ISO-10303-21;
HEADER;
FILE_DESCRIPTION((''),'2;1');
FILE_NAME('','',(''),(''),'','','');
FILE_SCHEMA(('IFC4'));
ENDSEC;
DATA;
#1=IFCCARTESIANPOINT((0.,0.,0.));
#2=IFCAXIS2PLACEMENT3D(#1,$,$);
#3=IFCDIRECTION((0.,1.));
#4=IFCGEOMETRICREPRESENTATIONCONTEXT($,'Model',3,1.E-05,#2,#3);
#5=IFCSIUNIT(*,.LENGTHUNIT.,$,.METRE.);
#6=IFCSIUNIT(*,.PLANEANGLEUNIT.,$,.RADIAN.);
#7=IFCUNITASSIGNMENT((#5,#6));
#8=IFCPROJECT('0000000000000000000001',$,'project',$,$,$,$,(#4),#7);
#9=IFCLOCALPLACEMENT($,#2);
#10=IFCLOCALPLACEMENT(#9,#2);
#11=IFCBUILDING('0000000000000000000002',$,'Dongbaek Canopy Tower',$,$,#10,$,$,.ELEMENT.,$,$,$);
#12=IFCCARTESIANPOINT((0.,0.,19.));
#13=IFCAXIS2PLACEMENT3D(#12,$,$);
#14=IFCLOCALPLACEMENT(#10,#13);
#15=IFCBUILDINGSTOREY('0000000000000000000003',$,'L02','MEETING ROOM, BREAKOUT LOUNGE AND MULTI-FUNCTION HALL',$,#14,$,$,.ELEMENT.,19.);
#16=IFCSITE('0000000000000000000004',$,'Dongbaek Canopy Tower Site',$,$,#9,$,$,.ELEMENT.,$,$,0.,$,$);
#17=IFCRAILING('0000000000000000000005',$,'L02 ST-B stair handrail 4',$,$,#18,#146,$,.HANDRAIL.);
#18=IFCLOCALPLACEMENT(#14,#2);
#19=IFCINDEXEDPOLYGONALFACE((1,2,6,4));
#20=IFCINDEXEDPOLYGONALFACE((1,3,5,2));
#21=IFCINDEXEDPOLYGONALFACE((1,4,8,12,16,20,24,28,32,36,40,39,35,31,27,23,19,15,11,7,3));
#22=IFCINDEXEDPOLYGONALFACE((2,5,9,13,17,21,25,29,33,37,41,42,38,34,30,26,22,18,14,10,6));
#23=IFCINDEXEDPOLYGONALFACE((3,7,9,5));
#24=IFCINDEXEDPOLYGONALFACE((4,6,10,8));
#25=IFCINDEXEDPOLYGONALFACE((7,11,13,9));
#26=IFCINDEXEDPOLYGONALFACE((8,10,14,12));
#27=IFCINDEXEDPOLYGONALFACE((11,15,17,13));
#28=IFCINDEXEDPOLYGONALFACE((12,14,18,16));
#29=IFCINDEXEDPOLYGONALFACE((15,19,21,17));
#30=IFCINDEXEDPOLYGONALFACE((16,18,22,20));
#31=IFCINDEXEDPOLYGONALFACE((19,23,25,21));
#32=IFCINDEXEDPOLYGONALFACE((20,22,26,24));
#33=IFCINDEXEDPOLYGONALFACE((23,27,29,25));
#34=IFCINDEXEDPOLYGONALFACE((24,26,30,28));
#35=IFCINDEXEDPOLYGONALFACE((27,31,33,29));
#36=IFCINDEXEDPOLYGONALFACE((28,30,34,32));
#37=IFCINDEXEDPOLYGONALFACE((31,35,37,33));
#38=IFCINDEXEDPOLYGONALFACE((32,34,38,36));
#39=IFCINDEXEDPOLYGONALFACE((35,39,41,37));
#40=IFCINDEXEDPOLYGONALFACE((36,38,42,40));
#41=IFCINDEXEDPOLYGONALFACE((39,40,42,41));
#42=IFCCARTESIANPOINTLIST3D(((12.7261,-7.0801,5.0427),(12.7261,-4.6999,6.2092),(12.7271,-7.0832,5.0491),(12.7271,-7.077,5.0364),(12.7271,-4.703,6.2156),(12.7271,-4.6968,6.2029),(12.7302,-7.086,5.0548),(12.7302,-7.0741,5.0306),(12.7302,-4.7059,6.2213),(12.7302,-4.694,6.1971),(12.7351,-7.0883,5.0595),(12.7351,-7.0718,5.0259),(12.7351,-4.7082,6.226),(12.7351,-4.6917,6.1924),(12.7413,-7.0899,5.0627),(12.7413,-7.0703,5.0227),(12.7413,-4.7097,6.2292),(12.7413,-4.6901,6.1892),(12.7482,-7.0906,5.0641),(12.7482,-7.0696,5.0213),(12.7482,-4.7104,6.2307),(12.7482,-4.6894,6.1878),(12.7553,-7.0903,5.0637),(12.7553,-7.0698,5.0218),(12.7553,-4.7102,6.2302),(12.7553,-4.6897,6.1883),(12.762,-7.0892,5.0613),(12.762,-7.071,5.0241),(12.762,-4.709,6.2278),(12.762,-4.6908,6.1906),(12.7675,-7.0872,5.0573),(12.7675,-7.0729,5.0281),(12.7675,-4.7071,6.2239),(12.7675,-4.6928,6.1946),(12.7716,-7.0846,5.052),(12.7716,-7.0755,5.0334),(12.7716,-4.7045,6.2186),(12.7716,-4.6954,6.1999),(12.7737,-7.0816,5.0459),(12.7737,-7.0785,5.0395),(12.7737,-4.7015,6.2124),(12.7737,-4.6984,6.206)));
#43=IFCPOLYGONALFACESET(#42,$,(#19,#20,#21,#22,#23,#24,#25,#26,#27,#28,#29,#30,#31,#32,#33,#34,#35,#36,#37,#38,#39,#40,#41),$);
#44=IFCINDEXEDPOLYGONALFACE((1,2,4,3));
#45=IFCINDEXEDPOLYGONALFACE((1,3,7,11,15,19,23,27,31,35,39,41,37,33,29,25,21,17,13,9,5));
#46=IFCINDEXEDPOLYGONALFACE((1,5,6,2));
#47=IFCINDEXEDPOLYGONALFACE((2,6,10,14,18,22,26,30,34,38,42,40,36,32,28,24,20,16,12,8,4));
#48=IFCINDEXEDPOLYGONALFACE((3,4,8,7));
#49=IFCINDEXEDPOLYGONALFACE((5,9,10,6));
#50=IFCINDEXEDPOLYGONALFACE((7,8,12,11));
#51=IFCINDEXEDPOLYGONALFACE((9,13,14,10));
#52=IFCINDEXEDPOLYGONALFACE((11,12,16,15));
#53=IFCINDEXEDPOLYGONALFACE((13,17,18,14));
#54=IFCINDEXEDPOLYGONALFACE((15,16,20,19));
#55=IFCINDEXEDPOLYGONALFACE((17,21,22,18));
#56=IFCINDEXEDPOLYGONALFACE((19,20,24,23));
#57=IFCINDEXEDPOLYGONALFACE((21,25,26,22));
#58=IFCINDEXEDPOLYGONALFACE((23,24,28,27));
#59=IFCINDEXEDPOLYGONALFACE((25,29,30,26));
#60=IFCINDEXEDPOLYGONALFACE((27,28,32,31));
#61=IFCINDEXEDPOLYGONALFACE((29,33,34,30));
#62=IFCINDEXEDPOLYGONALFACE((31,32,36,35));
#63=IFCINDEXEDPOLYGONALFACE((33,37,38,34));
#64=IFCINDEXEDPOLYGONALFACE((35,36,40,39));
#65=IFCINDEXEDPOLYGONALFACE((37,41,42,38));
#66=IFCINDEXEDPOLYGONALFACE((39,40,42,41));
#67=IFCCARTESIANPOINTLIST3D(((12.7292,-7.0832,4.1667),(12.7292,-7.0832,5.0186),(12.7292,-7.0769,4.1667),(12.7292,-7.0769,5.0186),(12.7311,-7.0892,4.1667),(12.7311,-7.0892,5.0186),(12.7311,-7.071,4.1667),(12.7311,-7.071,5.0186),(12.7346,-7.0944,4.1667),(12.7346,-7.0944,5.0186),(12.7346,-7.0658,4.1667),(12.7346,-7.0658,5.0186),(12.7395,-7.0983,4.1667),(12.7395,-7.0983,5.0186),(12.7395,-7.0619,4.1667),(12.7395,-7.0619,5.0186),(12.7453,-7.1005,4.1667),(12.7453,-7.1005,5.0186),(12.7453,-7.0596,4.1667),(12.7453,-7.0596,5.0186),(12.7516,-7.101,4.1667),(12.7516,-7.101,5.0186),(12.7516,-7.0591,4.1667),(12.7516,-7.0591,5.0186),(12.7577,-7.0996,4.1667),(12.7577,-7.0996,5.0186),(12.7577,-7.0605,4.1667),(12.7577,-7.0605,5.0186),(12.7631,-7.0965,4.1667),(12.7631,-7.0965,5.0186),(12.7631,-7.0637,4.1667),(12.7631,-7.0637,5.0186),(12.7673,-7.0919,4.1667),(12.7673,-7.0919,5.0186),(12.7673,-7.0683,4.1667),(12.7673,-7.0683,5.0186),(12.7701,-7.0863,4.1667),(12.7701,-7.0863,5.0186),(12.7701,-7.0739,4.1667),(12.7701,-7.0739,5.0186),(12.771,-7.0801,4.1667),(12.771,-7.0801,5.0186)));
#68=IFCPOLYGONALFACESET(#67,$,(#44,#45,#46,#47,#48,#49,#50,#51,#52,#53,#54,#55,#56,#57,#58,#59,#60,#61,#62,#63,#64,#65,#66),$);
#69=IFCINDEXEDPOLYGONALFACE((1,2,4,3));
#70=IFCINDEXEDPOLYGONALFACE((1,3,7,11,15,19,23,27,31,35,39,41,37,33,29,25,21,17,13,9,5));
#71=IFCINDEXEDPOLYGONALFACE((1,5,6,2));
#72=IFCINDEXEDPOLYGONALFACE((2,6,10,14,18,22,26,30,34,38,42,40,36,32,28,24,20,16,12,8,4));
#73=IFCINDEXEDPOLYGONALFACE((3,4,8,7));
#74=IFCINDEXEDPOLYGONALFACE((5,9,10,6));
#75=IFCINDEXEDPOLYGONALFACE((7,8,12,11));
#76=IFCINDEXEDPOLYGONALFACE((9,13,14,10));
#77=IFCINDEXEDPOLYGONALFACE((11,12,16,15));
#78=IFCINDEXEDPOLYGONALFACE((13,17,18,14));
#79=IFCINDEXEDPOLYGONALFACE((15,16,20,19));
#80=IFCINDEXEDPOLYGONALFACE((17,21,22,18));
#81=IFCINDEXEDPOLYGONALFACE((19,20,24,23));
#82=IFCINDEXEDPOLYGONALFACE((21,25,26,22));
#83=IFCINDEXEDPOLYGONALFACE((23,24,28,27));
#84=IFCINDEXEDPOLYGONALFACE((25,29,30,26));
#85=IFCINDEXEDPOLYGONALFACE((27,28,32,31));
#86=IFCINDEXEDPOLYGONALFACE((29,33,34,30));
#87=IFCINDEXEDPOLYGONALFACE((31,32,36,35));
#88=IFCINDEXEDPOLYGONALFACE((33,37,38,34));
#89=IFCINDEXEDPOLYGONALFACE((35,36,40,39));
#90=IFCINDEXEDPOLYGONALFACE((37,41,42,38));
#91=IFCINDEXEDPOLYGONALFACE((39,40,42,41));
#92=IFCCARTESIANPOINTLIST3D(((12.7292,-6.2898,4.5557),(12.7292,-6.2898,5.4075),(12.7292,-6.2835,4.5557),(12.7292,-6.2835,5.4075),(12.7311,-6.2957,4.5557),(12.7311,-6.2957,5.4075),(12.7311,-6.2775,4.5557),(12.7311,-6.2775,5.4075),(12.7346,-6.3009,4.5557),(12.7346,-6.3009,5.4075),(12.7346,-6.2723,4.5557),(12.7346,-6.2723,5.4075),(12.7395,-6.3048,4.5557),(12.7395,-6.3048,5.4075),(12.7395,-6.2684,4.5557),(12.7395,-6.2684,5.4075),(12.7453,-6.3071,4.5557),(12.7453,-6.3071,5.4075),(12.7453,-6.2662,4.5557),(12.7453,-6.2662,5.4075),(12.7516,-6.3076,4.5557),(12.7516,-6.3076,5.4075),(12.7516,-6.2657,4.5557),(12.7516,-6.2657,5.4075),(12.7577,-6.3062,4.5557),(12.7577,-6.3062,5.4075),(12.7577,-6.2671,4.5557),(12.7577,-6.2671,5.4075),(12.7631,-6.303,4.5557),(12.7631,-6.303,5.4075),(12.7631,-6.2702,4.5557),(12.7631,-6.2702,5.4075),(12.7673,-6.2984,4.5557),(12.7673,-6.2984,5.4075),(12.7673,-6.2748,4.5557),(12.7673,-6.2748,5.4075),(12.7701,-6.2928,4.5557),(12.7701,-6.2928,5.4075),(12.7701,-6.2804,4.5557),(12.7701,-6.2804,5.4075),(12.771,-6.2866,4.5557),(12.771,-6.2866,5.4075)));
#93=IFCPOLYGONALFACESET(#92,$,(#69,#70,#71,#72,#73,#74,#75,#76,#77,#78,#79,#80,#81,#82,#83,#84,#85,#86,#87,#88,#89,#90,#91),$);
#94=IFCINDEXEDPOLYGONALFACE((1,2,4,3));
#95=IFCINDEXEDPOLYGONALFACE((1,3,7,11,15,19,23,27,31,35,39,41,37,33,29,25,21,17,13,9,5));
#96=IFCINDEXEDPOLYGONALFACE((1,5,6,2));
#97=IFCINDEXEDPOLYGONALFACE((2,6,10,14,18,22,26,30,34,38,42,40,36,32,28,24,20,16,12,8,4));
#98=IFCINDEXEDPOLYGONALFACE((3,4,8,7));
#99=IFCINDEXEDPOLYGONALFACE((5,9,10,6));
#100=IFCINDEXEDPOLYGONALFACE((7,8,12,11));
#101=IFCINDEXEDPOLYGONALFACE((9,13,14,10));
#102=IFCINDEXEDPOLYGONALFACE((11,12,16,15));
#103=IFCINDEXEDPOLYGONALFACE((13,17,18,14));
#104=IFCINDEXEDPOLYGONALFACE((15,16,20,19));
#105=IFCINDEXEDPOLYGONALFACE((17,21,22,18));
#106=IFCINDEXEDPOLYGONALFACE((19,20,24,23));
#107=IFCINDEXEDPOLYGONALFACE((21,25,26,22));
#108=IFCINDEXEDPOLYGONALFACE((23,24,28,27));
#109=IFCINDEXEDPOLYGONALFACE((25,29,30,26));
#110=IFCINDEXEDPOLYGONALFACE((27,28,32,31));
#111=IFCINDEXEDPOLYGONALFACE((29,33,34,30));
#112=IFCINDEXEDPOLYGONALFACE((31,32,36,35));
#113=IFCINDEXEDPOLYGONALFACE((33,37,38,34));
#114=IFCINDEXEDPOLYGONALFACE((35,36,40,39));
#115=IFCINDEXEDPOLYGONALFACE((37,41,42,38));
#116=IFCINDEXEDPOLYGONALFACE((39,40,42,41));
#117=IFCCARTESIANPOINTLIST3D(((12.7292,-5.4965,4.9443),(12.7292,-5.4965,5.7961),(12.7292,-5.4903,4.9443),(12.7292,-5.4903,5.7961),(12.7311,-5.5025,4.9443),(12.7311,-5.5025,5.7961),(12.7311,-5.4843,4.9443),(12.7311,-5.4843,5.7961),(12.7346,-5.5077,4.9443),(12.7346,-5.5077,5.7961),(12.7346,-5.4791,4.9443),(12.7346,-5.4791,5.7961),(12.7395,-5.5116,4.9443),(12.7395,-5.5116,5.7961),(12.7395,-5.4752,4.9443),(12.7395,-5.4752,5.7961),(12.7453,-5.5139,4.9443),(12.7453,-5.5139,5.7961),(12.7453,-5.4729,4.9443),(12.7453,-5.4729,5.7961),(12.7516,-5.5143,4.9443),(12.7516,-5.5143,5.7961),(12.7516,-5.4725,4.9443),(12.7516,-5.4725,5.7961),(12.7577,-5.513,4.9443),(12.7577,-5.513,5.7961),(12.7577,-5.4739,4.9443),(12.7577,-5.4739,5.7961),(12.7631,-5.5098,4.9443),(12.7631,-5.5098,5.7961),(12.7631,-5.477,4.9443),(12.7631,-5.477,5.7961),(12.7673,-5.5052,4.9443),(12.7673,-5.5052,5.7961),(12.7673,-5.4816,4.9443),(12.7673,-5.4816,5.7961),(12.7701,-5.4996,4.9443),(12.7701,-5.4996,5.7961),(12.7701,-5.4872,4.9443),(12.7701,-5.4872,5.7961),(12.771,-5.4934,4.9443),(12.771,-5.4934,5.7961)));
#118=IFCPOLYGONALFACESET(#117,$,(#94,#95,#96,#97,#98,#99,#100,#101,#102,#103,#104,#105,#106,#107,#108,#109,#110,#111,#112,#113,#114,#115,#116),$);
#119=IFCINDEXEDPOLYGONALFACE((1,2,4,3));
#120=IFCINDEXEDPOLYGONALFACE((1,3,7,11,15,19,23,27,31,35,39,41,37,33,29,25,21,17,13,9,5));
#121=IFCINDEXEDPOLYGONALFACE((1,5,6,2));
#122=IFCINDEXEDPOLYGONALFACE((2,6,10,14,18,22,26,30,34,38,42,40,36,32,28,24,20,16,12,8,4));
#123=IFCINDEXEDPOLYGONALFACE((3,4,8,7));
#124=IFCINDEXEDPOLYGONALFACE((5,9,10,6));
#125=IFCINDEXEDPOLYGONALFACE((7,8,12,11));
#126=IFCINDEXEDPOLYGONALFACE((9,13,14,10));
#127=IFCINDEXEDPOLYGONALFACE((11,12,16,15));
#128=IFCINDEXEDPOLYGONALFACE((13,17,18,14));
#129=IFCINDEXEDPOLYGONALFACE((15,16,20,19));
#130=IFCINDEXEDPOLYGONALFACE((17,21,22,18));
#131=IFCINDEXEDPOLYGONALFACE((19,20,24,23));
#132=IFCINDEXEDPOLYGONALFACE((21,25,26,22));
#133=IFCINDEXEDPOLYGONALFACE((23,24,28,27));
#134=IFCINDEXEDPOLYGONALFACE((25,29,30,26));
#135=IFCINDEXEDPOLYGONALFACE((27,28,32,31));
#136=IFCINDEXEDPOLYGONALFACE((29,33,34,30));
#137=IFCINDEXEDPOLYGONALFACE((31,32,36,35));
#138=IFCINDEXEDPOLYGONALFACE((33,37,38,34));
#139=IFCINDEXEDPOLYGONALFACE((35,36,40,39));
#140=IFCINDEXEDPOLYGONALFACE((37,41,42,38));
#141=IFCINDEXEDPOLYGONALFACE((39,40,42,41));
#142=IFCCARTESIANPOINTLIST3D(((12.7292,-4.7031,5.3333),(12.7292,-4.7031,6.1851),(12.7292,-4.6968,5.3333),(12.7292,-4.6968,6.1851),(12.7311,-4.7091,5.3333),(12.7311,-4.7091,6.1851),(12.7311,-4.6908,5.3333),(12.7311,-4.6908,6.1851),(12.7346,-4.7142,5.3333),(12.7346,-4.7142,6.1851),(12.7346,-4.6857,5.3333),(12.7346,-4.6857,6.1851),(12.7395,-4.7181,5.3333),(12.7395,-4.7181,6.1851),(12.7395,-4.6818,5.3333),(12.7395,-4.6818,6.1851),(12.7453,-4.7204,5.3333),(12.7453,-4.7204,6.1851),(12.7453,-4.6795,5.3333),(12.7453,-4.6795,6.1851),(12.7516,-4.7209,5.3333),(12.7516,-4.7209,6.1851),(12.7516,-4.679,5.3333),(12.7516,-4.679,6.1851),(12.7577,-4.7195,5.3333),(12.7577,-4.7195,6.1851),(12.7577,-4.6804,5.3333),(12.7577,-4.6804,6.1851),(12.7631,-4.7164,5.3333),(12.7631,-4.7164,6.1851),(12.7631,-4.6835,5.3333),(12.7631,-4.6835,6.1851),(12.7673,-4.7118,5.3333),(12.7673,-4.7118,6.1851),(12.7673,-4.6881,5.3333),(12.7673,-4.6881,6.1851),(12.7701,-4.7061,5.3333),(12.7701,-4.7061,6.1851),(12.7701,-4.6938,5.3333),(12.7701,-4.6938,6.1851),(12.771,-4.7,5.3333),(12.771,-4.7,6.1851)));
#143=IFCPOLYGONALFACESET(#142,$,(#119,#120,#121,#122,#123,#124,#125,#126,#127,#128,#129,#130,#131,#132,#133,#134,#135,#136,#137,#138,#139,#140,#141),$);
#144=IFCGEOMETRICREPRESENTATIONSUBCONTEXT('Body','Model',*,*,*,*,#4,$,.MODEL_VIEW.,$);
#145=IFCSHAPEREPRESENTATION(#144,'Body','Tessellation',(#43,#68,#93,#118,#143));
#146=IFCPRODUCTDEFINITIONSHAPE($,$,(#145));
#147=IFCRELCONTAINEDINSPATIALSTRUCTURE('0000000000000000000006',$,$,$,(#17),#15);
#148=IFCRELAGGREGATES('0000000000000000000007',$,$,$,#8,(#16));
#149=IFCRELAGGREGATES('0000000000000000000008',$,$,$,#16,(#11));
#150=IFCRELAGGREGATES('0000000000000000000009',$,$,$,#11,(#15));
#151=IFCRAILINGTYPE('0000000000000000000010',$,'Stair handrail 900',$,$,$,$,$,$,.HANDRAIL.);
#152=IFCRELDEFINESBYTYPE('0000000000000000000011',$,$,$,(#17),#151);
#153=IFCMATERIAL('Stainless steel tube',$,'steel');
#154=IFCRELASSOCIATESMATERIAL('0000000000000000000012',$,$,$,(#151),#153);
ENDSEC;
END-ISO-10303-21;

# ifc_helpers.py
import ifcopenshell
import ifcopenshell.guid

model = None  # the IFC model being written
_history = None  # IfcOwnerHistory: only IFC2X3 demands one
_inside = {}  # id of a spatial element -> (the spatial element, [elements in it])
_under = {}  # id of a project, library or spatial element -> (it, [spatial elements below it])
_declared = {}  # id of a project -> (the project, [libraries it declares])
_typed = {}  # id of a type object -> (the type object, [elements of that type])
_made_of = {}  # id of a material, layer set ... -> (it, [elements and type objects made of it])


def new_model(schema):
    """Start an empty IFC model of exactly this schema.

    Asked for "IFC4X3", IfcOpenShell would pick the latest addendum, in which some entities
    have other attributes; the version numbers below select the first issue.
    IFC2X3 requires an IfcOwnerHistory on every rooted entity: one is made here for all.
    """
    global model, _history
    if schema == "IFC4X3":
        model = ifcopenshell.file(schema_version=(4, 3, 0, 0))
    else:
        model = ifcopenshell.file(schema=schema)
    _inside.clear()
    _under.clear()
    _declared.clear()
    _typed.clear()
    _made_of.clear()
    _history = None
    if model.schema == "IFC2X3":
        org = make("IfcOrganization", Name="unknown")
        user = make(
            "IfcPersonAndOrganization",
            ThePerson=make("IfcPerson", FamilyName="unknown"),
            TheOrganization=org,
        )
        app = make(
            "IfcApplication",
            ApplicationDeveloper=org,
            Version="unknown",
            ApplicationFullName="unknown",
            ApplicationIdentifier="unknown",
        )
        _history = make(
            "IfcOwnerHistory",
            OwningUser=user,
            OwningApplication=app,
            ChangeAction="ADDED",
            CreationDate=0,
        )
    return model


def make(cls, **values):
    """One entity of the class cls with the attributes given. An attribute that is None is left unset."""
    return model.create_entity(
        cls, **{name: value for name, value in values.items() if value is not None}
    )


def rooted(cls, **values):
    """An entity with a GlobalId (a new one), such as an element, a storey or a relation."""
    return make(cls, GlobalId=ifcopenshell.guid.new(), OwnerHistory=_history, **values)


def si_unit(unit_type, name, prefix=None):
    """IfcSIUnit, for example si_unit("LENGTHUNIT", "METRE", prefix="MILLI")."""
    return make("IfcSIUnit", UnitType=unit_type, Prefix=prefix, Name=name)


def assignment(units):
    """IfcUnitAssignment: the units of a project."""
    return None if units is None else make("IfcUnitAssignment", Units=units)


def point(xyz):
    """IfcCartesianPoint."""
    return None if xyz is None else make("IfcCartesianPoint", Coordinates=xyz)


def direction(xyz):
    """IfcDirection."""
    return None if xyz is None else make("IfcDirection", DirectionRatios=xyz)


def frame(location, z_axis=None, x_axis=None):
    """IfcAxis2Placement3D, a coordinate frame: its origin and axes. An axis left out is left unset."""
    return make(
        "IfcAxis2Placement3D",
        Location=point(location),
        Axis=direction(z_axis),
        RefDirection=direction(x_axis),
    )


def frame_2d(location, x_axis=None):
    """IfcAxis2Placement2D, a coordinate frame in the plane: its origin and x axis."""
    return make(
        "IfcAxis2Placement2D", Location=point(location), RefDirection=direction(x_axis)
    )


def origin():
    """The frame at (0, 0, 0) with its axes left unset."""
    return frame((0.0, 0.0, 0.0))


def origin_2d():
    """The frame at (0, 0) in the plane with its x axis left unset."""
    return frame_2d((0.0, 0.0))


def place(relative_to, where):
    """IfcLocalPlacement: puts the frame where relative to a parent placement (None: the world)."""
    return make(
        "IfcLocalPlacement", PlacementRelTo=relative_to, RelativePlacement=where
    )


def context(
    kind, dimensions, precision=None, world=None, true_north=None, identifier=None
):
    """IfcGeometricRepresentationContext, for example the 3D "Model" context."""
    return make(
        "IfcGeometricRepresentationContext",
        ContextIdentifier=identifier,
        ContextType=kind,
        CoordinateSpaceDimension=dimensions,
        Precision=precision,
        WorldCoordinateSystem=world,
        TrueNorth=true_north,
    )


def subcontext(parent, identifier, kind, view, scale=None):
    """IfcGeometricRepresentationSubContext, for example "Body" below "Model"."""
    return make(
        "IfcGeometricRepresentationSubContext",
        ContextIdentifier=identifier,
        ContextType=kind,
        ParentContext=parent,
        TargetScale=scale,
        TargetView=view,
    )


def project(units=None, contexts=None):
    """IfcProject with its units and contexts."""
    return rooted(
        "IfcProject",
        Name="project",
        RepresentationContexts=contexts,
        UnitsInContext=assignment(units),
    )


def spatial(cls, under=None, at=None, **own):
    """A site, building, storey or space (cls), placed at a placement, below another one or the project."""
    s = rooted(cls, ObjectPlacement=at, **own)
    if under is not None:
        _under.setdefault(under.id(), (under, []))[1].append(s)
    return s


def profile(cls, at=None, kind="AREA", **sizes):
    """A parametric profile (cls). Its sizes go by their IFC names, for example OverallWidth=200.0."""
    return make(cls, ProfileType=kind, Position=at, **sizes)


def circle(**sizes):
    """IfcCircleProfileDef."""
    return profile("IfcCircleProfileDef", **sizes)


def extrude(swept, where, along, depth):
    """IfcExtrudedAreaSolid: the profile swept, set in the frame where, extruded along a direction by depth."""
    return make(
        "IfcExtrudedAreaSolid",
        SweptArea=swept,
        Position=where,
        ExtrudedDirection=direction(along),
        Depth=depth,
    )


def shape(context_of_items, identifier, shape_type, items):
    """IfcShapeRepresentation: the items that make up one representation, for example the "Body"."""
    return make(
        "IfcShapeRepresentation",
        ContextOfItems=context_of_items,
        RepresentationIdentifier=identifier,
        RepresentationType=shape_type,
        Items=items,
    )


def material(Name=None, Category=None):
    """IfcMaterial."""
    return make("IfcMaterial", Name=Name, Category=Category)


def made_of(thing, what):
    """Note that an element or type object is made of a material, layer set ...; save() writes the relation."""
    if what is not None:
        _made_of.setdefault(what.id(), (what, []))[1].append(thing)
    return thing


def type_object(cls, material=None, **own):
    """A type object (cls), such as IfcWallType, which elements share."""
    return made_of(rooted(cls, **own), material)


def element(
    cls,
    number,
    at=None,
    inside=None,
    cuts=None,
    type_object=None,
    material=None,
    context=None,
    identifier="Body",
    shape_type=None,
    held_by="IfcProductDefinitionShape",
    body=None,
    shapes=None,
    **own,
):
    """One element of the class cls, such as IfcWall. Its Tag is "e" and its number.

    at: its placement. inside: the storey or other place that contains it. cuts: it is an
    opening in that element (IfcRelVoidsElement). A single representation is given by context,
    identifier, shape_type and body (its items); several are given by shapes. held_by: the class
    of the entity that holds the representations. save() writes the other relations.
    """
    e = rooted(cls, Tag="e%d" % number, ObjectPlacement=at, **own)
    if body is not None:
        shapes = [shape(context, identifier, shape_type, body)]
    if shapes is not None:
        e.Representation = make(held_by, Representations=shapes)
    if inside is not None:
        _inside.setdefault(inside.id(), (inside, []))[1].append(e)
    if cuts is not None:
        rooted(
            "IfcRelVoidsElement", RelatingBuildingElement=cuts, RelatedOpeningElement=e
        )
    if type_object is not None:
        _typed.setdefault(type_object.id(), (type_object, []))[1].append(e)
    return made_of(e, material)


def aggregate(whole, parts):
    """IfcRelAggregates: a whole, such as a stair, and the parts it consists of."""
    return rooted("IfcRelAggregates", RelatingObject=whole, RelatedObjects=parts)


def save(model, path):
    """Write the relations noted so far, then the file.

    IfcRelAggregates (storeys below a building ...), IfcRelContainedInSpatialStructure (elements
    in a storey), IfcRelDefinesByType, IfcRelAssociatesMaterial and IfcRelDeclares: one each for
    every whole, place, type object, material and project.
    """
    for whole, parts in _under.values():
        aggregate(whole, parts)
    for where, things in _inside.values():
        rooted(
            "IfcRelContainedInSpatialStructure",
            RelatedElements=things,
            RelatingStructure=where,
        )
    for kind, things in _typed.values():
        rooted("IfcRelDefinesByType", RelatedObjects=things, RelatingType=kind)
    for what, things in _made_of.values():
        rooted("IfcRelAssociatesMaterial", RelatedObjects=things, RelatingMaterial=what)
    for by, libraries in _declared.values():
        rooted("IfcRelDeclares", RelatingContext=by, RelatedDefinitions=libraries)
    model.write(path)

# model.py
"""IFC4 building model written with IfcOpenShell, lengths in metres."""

from ifc_helpers import new_model, si_unit, direction, frame, origin, origin_2d, place, context, subcontext, project, spatial, circle, extrude, material, type_object, element, save


model = new_model("IFC4")

# Units and contexts
model_context = context("Model", 3, precision=1e-05, world=origin(), true_north=direction((0.0, 1.0)))
body_context = subcontext(model_context, "Body", "Model", "MODEL_VIEW")
ifc_project = project(units=[si_unit("LENGTHUNIT", "METRE"), si_unit("PLANEANGLEUNIT", "RADIAN")], contexts=[model_context])

# Site, building, storey
site_placement = place(None, origin())
site = spatial("IfcSite", under=ifc_project, at=site_placement, Name="Dongbaek Canopy Tower Site", CompositionType="ELEMENT", RefElevation=0.0)
building_placement = place(site_placement, origin())
building = spatial("IfcBuilding", under=site, at=building_placement, Name="Dongbaek Canopy Tower", CompositionType="ELEMENT")
storey_placement = place(building_placement, frame((0.0, 0.0, 19.0)))
storey = spatial("IfcBuildingStorey", under=building, at=storey_placement, Name="L02", Description="MEETING ROOM, BREAKOUT LOUNGE AND MULTI-FUNCTION HALL", CompositionType="ELEMENT", Elevation=19.0)

# Railing
ifc_material_1 = material(Name="Stainless steel tube", Category="steel")
railing_type_1 = type_object("IfcRailingType", Name="Stair handrail 900", PredefinedType="HANDRAIL", material=ifc_material_1)
railing_1_placement = place(storey_placement, frame((12.75, -7.0801, 4.1667)))
element("IfcRailing", 1, at=railing_1_placement, inside=storey, type_object=railing_type_1, Name="L02 ST-B stair handrail 4", PredefinedType="HANDRAIL", context=body_context, shape_type="SweptSolid", body=[
    extrude(circle(Radius=0.0239, at=origin_2d()), frame((0.0, 0.0, 0.876), z_axis=(0.0, 0.897954, 0.440089), x_axis=(-1.0, 0.0, 0.0)), (0.0, 0.0, 1.0), 2.6506),
    extrude(circle(Radius=0.021, at=origin_2d()), origin(), (0.0, 0.0, 1.0), 0.8518),
    extrude(circle(Radius=0.021, at=origin_2d()), frame((0.0, 0.7935, 0.3889)), (0.0, 0.0, 1.0), 0.8518),
    extrude(circle(Radius=0.021, at=origin_2d()), frame((0.0, 1.5867, 0.7776)), (0.0, 0.0, 1.0), 0.8518),
    extrude(circle(Radius=0.021, at=origin_2d()), frame((0.0, 2.3801, 1.1665)), (0.0, 0.0, 1.0), 0.8518),
])

save(model, "model.ifc")
